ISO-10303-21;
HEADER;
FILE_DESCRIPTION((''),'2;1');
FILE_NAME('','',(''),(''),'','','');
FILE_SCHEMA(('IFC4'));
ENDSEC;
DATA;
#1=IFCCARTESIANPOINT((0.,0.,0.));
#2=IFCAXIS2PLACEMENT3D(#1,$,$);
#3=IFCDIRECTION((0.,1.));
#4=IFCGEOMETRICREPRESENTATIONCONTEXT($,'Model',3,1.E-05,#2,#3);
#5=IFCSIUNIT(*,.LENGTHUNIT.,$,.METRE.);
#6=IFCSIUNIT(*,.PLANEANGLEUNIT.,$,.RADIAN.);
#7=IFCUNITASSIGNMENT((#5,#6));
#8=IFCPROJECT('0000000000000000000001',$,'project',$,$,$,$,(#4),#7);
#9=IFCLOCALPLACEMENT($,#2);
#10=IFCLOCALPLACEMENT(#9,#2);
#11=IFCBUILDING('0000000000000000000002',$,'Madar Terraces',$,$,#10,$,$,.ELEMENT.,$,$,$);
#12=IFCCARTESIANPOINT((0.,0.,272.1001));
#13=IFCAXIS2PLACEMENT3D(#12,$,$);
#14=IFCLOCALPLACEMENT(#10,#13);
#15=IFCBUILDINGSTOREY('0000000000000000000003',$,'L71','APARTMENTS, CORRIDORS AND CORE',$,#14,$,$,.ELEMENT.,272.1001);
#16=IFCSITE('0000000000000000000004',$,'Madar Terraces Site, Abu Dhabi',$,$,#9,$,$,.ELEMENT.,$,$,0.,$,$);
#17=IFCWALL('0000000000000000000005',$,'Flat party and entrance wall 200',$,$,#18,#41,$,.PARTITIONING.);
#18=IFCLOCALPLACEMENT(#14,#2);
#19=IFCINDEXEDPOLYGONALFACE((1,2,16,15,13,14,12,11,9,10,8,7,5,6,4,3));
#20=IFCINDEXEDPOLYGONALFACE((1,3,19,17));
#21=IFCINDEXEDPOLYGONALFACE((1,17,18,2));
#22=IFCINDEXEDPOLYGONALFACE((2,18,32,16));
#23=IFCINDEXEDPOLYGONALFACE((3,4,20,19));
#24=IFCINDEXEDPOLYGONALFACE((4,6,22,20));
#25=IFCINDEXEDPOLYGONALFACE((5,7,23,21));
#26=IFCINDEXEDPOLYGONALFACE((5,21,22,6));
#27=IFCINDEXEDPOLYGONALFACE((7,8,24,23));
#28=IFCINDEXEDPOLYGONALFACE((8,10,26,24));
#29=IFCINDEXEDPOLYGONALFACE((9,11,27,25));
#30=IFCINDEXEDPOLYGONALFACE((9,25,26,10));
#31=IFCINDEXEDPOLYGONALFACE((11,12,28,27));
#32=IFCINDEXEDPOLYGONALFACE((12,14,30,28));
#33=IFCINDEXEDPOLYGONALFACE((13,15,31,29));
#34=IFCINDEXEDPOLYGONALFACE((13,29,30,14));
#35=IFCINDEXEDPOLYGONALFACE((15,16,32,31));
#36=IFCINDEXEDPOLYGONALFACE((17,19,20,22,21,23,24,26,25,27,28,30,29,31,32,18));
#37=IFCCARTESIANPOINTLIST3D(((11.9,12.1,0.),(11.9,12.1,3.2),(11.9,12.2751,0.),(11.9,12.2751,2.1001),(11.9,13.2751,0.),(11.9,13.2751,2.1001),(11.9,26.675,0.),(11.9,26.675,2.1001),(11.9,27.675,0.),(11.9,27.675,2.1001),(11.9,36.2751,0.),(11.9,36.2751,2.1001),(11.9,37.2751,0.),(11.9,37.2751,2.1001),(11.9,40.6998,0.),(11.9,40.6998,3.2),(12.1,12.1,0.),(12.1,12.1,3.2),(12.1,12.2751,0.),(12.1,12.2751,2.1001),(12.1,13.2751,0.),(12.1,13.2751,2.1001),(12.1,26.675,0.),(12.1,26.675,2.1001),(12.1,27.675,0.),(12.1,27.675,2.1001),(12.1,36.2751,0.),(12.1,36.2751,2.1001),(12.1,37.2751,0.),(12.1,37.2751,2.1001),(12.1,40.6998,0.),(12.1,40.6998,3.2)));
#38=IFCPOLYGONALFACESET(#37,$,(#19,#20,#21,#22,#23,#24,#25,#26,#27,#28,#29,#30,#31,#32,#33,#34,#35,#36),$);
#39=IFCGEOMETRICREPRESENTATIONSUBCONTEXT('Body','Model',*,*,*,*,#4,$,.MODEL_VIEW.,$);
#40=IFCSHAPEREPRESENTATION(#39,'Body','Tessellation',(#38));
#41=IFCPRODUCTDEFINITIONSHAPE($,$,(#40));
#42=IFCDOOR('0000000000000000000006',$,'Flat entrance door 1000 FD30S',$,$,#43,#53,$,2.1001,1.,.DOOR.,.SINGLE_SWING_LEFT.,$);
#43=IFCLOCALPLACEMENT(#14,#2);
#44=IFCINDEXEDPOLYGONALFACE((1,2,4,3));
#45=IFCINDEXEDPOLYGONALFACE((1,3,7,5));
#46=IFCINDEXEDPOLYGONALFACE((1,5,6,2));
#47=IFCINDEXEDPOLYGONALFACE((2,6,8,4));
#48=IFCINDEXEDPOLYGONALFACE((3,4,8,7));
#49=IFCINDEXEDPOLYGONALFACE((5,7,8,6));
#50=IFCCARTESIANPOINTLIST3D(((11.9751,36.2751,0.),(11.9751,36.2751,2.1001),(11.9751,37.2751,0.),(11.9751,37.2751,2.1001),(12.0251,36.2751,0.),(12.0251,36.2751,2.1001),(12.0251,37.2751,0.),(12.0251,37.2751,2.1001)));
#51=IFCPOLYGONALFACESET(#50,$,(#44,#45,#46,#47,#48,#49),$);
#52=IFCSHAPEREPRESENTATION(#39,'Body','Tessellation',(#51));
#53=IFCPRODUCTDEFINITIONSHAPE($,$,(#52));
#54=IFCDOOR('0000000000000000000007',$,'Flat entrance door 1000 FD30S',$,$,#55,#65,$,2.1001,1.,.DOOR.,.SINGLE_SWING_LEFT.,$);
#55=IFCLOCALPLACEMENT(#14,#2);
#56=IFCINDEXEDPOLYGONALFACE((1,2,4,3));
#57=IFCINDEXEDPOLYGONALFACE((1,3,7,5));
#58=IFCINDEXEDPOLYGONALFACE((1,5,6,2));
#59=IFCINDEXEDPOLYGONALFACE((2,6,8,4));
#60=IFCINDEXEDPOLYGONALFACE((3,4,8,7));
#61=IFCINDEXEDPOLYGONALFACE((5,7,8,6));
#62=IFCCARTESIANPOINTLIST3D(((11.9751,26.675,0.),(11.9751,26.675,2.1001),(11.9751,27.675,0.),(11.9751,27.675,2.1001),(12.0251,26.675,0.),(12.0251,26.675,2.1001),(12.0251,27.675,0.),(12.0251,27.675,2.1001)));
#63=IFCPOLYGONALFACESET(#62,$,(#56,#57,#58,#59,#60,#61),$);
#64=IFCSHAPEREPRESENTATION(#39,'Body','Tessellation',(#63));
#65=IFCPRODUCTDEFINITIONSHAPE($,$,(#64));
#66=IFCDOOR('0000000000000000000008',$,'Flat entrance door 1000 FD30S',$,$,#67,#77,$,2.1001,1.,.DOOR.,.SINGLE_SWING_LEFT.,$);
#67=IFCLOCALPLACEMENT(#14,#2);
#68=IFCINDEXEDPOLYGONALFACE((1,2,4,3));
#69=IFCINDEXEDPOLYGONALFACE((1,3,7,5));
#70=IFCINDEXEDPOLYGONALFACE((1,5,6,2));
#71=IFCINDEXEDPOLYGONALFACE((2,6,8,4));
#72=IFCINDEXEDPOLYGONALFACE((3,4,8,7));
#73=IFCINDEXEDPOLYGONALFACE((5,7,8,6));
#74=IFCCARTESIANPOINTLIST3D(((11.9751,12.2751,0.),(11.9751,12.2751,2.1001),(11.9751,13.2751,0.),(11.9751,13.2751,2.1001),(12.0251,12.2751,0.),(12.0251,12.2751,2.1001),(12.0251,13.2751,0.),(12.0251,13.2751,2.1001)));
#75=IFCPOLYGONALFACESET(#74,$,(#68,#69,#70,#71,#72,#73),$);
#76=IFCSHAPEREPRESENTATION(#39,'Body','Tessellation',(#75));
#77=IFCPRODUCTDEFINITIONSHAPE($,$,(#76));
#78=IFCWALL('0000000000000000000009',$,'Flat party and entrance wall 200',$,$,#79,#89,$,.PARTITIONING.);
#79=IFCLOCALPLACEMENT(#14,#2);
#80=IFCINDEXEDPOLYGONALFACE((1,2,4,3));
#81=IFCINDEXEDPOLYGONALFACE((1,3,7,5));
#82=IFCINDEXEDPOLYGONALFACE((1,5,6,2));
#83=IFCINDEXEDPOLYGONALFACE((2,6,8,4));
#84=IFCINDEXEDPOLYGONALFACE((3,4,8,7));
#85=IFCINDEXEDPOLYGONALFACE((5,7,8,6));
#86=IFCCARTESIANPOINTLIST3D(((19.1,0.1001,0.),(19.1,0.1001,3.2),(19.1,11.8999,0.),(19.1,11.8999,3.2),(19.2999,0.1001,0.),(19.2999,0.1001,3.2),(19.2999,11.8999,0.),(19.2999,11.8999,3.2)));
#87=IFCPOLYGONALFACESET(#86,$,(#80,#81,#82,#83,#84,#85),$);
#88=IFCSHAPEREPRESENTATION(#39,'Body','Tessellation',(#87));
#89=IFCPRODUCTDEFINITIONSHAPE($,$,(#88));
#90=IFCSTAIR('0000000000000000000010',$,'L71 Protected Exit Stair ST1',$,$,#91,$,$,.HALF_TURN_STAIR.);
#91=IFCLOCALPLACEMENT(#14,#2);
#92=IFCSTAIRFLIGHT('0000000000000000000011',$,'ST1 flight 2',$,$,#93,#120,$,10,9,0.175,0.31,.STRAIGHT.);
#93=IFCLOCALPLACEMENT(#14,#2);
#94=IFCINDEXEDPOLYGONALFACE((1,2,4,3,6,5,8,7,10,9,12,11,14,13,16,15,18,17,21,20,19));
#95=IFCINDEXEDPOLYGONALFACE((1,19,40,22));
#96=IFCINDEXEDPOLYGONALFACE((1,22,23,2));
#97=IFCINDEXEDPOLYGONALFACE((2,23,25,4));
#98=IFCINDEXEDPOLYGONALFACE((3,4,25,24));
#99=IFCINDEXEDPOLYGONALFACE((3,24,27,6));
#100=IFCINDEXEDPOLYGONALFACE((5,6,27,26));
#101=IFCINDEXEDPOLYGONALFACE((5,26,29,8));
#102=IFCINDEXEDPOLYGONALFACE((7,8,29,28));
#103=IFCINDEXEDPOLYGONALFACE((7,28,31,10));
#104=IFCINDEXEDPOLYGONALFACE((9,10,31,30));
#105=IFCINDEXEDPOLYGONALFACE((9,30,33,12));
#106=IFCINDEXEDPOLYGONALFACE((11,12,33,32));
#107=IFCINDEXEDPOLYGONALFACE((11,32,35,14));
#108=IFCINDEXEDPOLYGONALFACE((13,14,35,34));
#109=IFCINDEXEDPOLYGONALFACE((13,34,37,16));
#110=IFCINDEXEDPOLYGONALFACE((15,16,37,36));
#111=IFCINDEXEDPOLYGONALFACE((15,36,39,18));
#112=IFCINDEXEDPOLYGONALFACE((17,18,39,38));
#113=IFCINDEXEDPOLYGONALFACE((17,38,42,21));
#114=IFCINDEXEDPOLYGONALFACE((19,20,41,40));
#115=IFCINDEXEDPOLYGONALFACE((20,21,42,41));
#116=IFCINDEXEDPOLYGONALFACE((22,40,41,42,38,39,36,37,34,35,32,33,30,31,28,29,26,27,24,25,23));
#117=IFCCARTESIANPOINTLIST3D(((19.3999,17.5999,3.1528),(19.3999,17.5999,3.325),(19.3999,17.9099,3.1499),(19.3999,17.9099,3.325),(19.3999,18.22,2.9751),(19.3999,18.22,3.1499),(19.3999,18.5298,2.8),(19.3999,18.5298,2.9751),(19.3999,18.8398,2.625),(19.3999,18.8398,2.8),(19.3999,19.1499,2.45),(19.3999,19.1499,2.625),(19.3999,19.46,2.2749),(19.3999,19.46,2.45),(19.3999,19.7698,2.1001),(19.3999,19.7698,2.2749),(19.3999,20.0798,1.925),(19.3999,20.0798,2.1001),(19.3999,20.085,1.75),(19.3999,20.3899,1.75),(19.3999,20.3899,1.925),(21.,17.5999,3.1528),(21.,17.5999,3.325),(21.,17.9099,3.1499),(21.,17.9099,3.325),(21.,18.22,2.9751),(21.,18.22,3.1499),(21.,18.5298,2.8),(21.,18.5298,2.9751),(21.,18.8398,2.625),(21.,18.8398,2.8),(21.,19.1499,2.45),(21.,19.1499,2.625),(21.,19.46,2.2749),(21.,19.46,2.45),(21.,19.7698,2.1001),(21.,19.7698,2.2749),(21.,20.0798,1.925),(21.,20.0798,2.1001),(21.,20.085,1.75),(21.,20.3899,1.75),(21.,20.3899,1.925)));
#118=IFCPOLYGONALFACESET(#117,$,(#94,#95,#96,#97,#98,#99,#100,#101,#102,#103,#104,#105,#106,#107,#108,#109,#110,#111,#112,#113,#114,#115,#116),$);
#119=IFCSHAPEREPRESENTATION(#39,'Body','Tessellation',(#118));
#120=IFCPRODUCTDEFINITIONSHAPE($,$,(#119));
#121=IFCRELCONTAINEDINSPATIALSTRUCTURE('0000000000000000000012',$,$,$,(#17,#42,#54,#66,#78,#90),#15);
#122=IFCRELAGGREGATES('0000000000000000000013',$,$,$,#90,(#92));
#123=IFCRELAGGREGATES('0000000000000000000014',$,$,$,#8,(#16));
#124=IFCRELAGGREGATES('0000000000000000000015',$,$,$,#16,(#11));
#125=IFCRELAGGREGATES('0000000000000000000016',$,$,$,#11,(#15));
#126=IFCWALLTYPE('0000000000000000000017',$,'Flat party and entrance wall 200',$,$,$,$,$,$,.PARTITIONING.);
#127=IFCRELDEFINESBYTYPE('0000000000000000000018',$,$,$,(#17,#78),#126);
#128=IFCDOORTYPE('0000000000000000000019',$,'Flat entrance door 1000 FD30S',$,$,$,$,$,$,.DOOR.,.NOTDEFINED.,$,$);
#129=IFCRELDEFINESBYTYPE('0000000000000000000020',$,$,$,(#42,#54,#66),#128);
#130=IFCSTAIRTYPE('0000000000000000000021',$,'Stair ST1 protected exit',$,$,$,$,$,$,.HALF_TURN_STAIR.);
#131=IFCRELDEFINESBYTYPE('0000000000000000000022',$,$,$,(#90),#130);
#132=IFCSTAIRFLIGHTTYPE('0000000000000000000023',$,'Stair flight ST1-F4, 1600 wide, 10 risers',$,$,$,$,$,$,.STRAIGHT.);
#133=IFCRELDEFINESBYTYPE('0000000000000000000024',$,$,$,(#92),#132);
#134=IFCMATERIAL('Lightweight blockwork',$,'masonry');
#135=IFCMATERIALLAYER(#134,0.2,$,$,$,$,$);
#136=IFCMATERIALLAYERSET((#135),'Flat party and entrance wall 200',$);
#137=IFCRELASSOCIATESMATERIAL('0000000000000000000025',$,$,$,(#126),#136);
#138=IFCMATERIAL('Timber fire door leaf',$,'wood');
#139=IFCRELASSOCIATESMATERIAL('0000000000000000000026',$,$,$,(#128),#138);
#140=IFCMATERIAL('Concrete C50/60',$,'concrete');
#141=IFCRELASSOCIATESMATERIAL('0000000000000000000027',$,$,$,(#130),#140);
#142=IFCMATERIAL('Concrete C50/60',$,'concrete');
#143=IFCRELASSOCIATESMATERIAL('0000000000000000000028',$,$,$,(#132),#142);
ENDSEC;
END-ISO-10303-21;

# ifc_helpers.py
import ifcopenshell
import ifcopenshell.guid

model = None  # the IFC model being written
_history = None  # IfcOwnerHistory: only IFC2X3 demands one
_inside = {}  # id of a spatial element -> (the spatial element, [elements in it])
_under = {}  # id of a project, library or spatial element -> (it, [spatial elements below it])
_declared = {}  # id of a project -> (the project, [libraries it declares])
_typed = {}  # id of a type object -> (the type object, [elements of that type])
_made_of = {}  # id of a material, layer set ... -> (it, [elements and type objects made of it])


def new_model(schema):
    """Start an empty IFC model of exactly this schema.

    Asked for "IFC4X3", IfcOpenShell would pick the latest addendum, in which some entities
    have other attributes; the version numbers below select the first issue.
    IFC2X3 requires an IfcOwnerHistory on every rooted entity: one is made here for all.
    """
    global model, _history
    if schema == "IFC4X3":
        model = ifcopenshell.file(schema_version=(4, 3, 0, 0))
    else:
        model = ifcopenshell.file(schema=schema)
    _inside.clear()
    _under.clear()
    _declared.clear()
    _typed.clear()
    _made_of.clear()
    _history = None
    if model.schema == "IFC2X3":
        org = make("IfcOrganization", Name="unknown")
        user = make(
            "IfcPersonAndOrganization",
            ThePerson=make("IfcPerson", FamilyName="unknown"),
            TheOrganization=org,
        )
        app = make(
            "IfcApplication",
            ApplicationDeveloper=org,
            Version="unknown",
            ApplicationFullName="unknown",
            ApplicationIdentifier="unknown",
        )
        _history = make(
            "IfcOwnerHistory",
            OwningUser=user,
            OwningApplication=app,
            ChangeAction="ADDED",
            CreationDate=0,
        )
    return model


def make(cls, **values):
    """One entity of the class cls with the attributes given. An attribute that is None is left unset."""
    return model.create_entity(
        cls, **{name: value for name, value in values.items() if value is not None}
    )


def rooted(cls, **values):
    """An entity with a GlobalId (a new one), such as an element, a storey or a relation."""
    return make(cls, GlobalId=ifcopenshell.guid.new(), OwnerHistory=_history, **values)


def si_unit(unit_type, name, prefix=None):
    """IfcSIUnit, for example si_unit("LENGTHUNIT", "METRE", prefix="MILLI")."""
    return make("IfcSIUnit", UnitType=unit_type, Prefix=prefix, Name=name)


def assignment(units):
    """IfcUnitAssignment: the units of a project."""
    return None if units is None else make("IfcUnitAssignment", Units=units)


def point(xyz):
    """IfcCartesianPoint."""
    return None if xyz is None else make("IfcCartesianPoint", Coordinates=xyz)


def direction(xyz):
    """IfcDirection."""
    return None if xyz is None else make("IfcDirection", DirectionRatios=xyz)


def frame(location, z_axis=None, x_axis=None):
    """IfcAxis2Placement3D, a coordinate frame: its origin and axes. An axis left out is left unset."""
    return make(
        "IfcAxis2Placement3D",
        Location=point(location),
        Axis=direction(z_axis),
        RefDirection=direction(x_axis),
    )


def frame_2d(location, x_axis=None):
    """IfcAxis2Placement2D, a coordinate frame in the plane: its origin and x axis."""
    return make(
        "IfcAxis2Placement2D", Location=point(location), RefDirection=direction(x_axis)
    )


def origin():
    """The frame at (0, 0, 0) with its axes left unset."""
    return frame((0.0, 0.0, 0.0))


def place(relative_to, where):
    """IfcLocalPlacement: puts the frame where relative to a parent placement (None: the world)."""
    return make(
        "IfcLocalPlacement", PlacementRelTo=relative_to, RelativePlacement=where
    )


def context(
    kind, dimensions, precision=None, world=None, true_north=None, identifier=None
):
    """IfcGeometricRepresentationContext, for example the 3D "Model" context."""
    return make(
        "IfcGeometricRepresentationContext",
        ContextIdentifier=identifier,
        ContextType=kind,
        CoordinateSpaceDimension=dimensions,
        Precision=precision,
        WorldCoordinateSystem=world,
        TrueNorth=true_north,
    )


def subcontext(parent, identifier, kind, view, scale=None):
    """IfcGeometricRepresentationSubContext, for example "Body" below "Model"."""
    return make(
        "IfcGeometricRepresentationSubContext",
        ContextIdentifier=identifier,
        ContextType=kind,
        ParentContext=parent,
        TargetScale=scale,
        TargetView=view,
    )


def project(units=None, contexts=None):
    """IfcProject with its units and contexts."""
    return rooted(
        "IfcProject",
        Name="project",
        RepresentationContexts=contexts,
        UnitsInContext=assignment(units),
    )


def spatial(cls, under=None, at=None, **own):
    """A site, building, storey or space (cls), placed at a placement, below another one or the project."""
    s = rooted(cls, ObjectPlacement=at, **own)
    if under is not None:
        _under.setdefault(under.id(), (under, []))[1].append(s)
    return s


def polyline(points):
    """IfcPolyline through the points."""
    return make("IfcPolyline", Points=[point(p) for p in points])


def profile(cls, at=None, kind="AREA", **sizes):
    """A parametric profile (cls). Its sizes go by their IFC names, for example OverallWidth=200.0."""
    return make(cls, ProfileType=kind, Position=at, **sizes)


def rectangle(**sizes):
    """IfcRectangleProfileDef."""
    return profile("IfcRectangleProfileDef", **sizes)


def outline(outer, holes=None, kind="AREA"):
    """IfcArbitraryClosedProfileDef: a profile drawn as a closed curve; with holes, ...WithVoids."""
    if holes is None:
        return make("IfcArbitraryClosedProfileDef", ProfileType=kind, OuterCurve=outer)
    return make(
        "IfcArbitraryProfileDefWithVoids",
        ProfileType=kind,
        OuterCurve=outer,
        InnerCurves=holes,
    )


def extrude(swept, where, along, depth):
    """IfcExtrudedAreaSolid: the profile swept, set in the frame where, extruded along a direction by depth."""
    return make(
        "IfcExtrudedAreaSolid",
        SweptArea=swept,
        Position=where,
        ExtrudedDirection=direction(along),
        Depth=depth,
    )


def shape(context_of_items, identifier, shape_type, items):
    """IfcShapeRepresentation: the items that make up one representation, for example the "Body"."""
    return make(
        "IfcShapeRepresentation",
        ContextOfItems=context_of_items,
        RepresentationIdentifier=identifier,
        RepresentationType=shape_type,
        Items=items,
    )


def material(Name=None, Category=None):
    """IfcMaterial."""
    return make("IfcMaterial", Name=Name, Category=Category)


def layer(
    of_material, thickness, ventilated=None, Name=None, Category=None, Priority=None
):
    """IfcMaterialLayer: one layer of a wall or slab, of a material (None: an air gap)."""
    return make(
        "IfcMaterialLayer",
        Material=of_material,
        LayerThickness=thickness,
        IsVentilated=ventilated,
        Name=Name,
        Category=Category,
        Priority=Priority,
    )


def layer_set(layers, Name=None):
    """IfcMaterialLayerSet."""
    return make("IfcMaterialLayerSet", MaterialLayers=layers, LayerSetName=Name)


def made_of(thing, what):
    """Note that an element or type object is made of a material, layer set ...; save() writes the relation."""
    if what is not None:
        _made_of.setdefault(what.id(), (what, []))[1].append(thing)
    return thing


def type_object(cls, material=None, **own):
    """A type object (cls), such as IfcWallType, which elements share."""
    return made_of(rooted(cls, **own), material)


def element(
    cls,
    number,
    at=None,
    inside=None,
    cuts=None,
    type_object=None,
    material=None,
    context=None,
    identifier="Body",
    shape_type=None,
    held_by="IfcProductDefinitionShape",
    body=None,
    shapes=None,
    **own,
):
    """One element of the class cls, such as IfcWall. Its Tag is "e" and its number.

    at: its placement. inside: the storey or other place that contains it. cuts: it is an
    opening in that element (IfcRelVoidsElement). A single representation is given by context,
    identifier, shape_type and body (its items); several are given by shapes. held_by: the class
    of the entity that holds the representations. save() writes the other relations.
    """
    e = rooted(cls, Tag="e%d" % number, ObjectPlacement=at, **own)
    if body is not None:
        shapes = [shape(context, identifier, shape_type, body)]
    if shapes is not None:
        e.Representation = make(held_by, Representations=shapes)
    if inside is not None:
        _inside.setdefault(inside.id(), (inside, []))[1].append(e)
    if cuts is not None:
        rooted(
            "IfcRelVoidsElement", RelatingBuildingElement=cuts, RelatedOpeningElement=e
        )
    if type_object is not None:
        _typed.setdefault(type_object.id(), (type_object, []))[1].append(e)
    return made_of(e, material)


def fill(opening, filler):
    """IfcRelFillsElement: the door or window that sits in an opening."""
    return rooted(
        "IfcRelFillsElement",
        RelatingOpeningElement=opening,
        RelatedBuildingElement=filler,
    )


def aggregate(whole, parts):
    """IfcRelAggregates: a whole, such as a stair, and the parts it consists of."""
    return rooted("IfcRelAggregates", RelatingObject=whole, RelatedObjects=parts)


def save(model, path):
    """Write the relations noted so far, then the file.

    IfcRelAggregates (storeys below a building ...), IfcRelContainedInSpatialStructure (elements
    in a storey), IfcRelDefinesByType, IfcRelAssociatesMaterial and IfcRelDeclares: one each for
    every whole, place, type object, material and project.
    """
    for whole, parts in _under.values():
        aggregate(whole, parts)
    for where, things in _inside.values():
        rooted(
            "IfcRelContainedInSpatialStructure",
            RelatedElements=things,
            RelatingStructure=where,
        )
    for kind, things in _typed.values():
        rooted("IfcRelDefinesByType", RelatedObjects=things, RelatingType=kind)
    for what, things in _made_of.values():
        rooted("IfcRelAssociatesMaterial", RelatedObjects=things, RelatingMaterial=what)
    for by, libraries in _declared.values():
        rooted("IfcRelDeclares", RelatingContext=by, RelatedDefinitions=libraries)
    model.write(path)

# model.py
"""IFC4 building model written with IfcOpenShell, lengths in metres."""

from ifc_helpers import new_model, si_unit, direction, frame, frame_2d, origin, place, context, subcontext, project, spatial, polyline, rectangle, outline, extrude, material, layer, layer_set, type_object, element, fill, aggregate, save


model = new_model("IFC4")

# Units and contexts
model_context = context("Model", 3, precision=1e-05, world=origin(), true_north=direction((0.0, 1.0)))
body_context = subcontext(model_context, "Body", "Model", "MODEL_VIEW")
ifc_project = project(units=[si_unit("LENGTHUNIT", "METRE"), si_unit("PLANEANGLEUNIT", "RADIAN")], contexts=[model_context])

# Site, building, storey
site_placement = place(None, origin())
site = spatial("IfcSite", under=ifc_project, at=site_placement, Name="Madar Terraces Site, Abu Dhabi", CompositionType="ELEMENT", RefElevation=0.0)
building_placement = place(site_placement, origin())
building = spatial("IfcBuilding", under=site, at=building_placement, Name="Madar Terraces", CompositionType="ELEMENT")
storey_placement = place(building_placement, frame((0.0, 0.0, 272.1001)))
storey = spatial("IfcBuildingStorey", under=building, at=storey_placement, Name="L71", Description="APARTMENTS, CORRIDORS AND CORE", CompositionType="ELEMENT", Elevation=272.1001)

# Wall, openings, doors
ifc_material_1 = material(Name="Lightweight blockwork", Category="masonry")
ifc_layer_1 = layer(ifc_material_1, 0.2)
ifc_layer_set_1 = layer_set([ifc_layer_1], Name="Flat party and entrance wall 200")
wall_type_1 = type_object("IfcWallType", Name="Flat party and entrance wall 200", PredefinedType="PARTITIONING", material=ifc_layer_set_1)
wall_1_placement = place(storey_placement, frame((12.0, 12.1001, 0.0), z_axis=(0.0, 0.0, 1.0), x_axis=(0.0, 1.0, 0.0)))
wall_1 = element("IfcWall", 1, at=wall_1_placement, inside=storey, type_object=wall_type_1, Name="Flat party and entrance wall 200", PredefinedType="PARTITIONING", context=body_context, shape_type="SweptSolid", body=[
    extrude(rectangle(XDim=28.5999, YDim=0.2, at=frame_2d((14.2998, 0.0))), origin(), (0.0, 0.0, 1.0), 3.2),
])
opening_1_placement = place(wall_1_placement, frame((24.175, 0.0, 0.0)))
opening_1 = element("IfcOpeningElement", 2, at=opening_1_placement, cuts=wall_1, PredefinedType="OPENING", context=body_context, shape_type="SweptSolid", body=[
    extrude(rectangle(XDim=1.0, YDim=2.1001, at=frame_2d((0.5, 1.05))), frame((0.0, 0.1099, 0.0), z_axis=(0.0, -1.0, 0.0), x_axis=(1.0, 0.0, 0.0)), (0.0, 0.0, 1.0), 0.22),
])
opening_2_placement = place(wall_1_placement, frame((14.575, 0.0, 0.0)))
opening_2 = element("IfcOpeningElement", 3, at=opening_2_placement, cuts=wall_1, PredefinedType="OPENING", context=body_context, shape_type="SweptSolid", body=[
    extrude(rectangle(XDim=1.0, YDim=2.1001, at=frame_2d((0.5, 1.05))), frame((0.0, 0.1099, 0.0), z_axis=(0.0, -1.0, 0.0), x_axis=(1.0, 0.0, 0.0)), (0.0, 0.0, 1.0), 0.22),
])
opening_3_placement = place(wall_1_placement, frame((0.175, 0.0, 0.0)))
opening_3 = element("IfcOpeningElement", 4, at=opening_3_placement, cuts=wall_1, PredefinedType="OPENING", context=body_context, shape_type="SweptSolid", body=[
    extrude(rectangle(XDim=1.0, YDim=2.1001, at=frame_2d((0.5, 1.05))), frame((0.0, 0.1099, 0.0), z_axis=(0.0, -1.0, 0.0), x_axis=(1.0, 0.0, 0.0)), (0.0, 0.0, 1.0), 0.22),
])
ifc_material_2 = material(Name="Timber fire door leaf", Category="wood")
door_type_1 = type_object("IfcDoorType", Name="Flat entrance door 1000 FD30S", OperationType="NOTDEFINED", PredefinedType="DOOR", material=ifc_material_2)
door_1_placement = place(opening_1_placement, origin())
door_1 = element("IfcDoor", 5, at=door_1_placement, inside=storey, type_object=door_type_1, Name="Flat entrance door 1000 FD30S", OperationType="SINGLE_SWING_LEFT", OverallHeight=2.1001, OverallWidth=1.0, PredefinedType="DOOR", context=body_context, shape_type="SweptSolid", body=[
    extrude(rectangle(XDim=1.0, YDim=2.1001, at=frame_2d((0.5, 1.05))), frame((0.0, 0.0249, 0.0), z_axis=(0.0, -1.0, 0.0), x_axis=(1.0, 0.0, 0.0)), (0.0, 0.0, 1.0), 0.05),
])
fill(opening_1, door_1)
door_2_placement = place(opening_2_placement, origin())
door_2 = element("IfcDoor", 6, at=door_2_placement, inside=storey, type_object=door_type_1, Name="Flat entrance door 1000 FD30S", OperationType="SINGLE_SWING_LEFT", OverallHeight=2.1001, OverallWidth=1.0, PredefinedType="DOOR", context=body_context, shape_type="SweptSolid", body=[
    extrude(rectangle(XDim=1.0, YDim=2.1001, at=frame_2d((0.5, 1.05))), frame((0.0, 0.0249, 0.0), z_axis=(0.0, -1.0, 0.0), x_axis=(1.0, 0.0, 0.0)), (0.0, 0.0, 1.0), 0.05),
])
fill(opening_2, door_2)
door_3_placement = place(opening_3_placement, origin())
door_3 = element("IfcDoor", 7, at=door_3_placement, inside=storey, type_object=door_type_1, Name="Flat entrance door 1000 FD30S", OperationType="SINGLE_SWING_LEFT", OverallHeight=2.1001, OverallWidth=1.0, PredefinedType="DOOR", context=body_context, shape_type="SweptSolid", body=[
    extrude(rectangle(XDim=1.0, YDim=2.1001, at=frame_2d((0.5, 1.05))), frame((0.0, 0.0249, 0.0), z_axis=(0.0, -1.0, 0.0), x_axis=(1.0, 0.0, 0.0)), (0.0, 0.0, 1.0), 0.05),
])
fill(opening_3, door_3)

# Wall
wall_2_placement = place(storey_placement, frame((19.2, 11.8999, 0.0), z_axis=(0.0, 0.0, 1.0), x_axis=(0.0, -1.0, 0.0)))
element("IfcWall", 8, at=wall_2_placement, inside=storey, type_object=wall_type_1, Name="Flat party and entrance wall 200", PredefinedType="PARTITIONING", context=body_context, shape_type="SweptSolid", body=[
    extrude(rectangle(XDim=11.7998, YDim=0.2, at=frame_2d((5.8999, 0.0))), origin(), (0.0, 0.0, 1.0), 3.2),
])

# Stair, stair flight
ifc_material_3 = material(Name="Concrete C50/60", Category="concrete")
stair_type = type_object("IfcStairType", Name="Stair ST1 protected exit", PredefinedType="HALF_TURN_STAIR", material=ifc_material_3)
stair_placement = place(storey_placement, origin())
stair = element("IfcStair", 9, at=stair_placement, inside=storey, type_object=stair_type, Name="L71 Protected Exit Stair ST1", PredefinedType="HALF_TURN_STAIR")
ifc_material_4 = material(Name="Concrete C50/60", Category="concrete")
stair_flight_type = type_object("IfcStairFlightType", Name="Stair flight ST1-F4, 1600 wide, 10 risers", PredefinedType="STRAIGHT", material=ifc_material_4)
stair_flight_placement = place(storey_placement, frame((20.2, 20.3899, 1.75), z_axis=(0.0, 0.0, 1.0), x_axis=(0.0, -1.0, 0.0)))
stair_flight = element("IfcStairFlight", 10, at=stair_flight_placement, type_object=stair_flight_type, Name="ST1 flight 2", NumberOfRisers=10, NumberOfTreads=9, PredefinedType="STRAIGHT", RiserHeight=0.175, TreadLength=0.31, context=body_context, shape_type="SweptSolid", body=[
    extrude(outline(polyline([(0.0, 0.0), (0.0, 0.175), (0.3101, 0.175), (0.3101, 0.3501), (0.6201, 0.3501), (0.6201, 0.5249), (0.9299, 0.5249), (0.9299, 0.7), (1.24, 0.7), (1.24, 0.875), (1.55, 0.875), (1.55, 1.05), (1.8601, 1.05), (1.8601, 1.2251), (2.1699, 1.2251), (2.1699, 1.3999), (2.48, 1.3999), (2.48, 1.575), (2.79, 1.575), (2.79, 1.75), (2.79, 1.4028), (0.3049, 0.0), (0.0, 0.0)])), frame((0.0, 0.8, 0.0), z_axis=(0.0, -1.0, 0.0), x_axis=(1.0, 0.0, 0.0)), (0.0, 0.0, 1.0), 1.6001),
])
aggregate(stair, [stair_flight])

save(model, "model.ifc")
